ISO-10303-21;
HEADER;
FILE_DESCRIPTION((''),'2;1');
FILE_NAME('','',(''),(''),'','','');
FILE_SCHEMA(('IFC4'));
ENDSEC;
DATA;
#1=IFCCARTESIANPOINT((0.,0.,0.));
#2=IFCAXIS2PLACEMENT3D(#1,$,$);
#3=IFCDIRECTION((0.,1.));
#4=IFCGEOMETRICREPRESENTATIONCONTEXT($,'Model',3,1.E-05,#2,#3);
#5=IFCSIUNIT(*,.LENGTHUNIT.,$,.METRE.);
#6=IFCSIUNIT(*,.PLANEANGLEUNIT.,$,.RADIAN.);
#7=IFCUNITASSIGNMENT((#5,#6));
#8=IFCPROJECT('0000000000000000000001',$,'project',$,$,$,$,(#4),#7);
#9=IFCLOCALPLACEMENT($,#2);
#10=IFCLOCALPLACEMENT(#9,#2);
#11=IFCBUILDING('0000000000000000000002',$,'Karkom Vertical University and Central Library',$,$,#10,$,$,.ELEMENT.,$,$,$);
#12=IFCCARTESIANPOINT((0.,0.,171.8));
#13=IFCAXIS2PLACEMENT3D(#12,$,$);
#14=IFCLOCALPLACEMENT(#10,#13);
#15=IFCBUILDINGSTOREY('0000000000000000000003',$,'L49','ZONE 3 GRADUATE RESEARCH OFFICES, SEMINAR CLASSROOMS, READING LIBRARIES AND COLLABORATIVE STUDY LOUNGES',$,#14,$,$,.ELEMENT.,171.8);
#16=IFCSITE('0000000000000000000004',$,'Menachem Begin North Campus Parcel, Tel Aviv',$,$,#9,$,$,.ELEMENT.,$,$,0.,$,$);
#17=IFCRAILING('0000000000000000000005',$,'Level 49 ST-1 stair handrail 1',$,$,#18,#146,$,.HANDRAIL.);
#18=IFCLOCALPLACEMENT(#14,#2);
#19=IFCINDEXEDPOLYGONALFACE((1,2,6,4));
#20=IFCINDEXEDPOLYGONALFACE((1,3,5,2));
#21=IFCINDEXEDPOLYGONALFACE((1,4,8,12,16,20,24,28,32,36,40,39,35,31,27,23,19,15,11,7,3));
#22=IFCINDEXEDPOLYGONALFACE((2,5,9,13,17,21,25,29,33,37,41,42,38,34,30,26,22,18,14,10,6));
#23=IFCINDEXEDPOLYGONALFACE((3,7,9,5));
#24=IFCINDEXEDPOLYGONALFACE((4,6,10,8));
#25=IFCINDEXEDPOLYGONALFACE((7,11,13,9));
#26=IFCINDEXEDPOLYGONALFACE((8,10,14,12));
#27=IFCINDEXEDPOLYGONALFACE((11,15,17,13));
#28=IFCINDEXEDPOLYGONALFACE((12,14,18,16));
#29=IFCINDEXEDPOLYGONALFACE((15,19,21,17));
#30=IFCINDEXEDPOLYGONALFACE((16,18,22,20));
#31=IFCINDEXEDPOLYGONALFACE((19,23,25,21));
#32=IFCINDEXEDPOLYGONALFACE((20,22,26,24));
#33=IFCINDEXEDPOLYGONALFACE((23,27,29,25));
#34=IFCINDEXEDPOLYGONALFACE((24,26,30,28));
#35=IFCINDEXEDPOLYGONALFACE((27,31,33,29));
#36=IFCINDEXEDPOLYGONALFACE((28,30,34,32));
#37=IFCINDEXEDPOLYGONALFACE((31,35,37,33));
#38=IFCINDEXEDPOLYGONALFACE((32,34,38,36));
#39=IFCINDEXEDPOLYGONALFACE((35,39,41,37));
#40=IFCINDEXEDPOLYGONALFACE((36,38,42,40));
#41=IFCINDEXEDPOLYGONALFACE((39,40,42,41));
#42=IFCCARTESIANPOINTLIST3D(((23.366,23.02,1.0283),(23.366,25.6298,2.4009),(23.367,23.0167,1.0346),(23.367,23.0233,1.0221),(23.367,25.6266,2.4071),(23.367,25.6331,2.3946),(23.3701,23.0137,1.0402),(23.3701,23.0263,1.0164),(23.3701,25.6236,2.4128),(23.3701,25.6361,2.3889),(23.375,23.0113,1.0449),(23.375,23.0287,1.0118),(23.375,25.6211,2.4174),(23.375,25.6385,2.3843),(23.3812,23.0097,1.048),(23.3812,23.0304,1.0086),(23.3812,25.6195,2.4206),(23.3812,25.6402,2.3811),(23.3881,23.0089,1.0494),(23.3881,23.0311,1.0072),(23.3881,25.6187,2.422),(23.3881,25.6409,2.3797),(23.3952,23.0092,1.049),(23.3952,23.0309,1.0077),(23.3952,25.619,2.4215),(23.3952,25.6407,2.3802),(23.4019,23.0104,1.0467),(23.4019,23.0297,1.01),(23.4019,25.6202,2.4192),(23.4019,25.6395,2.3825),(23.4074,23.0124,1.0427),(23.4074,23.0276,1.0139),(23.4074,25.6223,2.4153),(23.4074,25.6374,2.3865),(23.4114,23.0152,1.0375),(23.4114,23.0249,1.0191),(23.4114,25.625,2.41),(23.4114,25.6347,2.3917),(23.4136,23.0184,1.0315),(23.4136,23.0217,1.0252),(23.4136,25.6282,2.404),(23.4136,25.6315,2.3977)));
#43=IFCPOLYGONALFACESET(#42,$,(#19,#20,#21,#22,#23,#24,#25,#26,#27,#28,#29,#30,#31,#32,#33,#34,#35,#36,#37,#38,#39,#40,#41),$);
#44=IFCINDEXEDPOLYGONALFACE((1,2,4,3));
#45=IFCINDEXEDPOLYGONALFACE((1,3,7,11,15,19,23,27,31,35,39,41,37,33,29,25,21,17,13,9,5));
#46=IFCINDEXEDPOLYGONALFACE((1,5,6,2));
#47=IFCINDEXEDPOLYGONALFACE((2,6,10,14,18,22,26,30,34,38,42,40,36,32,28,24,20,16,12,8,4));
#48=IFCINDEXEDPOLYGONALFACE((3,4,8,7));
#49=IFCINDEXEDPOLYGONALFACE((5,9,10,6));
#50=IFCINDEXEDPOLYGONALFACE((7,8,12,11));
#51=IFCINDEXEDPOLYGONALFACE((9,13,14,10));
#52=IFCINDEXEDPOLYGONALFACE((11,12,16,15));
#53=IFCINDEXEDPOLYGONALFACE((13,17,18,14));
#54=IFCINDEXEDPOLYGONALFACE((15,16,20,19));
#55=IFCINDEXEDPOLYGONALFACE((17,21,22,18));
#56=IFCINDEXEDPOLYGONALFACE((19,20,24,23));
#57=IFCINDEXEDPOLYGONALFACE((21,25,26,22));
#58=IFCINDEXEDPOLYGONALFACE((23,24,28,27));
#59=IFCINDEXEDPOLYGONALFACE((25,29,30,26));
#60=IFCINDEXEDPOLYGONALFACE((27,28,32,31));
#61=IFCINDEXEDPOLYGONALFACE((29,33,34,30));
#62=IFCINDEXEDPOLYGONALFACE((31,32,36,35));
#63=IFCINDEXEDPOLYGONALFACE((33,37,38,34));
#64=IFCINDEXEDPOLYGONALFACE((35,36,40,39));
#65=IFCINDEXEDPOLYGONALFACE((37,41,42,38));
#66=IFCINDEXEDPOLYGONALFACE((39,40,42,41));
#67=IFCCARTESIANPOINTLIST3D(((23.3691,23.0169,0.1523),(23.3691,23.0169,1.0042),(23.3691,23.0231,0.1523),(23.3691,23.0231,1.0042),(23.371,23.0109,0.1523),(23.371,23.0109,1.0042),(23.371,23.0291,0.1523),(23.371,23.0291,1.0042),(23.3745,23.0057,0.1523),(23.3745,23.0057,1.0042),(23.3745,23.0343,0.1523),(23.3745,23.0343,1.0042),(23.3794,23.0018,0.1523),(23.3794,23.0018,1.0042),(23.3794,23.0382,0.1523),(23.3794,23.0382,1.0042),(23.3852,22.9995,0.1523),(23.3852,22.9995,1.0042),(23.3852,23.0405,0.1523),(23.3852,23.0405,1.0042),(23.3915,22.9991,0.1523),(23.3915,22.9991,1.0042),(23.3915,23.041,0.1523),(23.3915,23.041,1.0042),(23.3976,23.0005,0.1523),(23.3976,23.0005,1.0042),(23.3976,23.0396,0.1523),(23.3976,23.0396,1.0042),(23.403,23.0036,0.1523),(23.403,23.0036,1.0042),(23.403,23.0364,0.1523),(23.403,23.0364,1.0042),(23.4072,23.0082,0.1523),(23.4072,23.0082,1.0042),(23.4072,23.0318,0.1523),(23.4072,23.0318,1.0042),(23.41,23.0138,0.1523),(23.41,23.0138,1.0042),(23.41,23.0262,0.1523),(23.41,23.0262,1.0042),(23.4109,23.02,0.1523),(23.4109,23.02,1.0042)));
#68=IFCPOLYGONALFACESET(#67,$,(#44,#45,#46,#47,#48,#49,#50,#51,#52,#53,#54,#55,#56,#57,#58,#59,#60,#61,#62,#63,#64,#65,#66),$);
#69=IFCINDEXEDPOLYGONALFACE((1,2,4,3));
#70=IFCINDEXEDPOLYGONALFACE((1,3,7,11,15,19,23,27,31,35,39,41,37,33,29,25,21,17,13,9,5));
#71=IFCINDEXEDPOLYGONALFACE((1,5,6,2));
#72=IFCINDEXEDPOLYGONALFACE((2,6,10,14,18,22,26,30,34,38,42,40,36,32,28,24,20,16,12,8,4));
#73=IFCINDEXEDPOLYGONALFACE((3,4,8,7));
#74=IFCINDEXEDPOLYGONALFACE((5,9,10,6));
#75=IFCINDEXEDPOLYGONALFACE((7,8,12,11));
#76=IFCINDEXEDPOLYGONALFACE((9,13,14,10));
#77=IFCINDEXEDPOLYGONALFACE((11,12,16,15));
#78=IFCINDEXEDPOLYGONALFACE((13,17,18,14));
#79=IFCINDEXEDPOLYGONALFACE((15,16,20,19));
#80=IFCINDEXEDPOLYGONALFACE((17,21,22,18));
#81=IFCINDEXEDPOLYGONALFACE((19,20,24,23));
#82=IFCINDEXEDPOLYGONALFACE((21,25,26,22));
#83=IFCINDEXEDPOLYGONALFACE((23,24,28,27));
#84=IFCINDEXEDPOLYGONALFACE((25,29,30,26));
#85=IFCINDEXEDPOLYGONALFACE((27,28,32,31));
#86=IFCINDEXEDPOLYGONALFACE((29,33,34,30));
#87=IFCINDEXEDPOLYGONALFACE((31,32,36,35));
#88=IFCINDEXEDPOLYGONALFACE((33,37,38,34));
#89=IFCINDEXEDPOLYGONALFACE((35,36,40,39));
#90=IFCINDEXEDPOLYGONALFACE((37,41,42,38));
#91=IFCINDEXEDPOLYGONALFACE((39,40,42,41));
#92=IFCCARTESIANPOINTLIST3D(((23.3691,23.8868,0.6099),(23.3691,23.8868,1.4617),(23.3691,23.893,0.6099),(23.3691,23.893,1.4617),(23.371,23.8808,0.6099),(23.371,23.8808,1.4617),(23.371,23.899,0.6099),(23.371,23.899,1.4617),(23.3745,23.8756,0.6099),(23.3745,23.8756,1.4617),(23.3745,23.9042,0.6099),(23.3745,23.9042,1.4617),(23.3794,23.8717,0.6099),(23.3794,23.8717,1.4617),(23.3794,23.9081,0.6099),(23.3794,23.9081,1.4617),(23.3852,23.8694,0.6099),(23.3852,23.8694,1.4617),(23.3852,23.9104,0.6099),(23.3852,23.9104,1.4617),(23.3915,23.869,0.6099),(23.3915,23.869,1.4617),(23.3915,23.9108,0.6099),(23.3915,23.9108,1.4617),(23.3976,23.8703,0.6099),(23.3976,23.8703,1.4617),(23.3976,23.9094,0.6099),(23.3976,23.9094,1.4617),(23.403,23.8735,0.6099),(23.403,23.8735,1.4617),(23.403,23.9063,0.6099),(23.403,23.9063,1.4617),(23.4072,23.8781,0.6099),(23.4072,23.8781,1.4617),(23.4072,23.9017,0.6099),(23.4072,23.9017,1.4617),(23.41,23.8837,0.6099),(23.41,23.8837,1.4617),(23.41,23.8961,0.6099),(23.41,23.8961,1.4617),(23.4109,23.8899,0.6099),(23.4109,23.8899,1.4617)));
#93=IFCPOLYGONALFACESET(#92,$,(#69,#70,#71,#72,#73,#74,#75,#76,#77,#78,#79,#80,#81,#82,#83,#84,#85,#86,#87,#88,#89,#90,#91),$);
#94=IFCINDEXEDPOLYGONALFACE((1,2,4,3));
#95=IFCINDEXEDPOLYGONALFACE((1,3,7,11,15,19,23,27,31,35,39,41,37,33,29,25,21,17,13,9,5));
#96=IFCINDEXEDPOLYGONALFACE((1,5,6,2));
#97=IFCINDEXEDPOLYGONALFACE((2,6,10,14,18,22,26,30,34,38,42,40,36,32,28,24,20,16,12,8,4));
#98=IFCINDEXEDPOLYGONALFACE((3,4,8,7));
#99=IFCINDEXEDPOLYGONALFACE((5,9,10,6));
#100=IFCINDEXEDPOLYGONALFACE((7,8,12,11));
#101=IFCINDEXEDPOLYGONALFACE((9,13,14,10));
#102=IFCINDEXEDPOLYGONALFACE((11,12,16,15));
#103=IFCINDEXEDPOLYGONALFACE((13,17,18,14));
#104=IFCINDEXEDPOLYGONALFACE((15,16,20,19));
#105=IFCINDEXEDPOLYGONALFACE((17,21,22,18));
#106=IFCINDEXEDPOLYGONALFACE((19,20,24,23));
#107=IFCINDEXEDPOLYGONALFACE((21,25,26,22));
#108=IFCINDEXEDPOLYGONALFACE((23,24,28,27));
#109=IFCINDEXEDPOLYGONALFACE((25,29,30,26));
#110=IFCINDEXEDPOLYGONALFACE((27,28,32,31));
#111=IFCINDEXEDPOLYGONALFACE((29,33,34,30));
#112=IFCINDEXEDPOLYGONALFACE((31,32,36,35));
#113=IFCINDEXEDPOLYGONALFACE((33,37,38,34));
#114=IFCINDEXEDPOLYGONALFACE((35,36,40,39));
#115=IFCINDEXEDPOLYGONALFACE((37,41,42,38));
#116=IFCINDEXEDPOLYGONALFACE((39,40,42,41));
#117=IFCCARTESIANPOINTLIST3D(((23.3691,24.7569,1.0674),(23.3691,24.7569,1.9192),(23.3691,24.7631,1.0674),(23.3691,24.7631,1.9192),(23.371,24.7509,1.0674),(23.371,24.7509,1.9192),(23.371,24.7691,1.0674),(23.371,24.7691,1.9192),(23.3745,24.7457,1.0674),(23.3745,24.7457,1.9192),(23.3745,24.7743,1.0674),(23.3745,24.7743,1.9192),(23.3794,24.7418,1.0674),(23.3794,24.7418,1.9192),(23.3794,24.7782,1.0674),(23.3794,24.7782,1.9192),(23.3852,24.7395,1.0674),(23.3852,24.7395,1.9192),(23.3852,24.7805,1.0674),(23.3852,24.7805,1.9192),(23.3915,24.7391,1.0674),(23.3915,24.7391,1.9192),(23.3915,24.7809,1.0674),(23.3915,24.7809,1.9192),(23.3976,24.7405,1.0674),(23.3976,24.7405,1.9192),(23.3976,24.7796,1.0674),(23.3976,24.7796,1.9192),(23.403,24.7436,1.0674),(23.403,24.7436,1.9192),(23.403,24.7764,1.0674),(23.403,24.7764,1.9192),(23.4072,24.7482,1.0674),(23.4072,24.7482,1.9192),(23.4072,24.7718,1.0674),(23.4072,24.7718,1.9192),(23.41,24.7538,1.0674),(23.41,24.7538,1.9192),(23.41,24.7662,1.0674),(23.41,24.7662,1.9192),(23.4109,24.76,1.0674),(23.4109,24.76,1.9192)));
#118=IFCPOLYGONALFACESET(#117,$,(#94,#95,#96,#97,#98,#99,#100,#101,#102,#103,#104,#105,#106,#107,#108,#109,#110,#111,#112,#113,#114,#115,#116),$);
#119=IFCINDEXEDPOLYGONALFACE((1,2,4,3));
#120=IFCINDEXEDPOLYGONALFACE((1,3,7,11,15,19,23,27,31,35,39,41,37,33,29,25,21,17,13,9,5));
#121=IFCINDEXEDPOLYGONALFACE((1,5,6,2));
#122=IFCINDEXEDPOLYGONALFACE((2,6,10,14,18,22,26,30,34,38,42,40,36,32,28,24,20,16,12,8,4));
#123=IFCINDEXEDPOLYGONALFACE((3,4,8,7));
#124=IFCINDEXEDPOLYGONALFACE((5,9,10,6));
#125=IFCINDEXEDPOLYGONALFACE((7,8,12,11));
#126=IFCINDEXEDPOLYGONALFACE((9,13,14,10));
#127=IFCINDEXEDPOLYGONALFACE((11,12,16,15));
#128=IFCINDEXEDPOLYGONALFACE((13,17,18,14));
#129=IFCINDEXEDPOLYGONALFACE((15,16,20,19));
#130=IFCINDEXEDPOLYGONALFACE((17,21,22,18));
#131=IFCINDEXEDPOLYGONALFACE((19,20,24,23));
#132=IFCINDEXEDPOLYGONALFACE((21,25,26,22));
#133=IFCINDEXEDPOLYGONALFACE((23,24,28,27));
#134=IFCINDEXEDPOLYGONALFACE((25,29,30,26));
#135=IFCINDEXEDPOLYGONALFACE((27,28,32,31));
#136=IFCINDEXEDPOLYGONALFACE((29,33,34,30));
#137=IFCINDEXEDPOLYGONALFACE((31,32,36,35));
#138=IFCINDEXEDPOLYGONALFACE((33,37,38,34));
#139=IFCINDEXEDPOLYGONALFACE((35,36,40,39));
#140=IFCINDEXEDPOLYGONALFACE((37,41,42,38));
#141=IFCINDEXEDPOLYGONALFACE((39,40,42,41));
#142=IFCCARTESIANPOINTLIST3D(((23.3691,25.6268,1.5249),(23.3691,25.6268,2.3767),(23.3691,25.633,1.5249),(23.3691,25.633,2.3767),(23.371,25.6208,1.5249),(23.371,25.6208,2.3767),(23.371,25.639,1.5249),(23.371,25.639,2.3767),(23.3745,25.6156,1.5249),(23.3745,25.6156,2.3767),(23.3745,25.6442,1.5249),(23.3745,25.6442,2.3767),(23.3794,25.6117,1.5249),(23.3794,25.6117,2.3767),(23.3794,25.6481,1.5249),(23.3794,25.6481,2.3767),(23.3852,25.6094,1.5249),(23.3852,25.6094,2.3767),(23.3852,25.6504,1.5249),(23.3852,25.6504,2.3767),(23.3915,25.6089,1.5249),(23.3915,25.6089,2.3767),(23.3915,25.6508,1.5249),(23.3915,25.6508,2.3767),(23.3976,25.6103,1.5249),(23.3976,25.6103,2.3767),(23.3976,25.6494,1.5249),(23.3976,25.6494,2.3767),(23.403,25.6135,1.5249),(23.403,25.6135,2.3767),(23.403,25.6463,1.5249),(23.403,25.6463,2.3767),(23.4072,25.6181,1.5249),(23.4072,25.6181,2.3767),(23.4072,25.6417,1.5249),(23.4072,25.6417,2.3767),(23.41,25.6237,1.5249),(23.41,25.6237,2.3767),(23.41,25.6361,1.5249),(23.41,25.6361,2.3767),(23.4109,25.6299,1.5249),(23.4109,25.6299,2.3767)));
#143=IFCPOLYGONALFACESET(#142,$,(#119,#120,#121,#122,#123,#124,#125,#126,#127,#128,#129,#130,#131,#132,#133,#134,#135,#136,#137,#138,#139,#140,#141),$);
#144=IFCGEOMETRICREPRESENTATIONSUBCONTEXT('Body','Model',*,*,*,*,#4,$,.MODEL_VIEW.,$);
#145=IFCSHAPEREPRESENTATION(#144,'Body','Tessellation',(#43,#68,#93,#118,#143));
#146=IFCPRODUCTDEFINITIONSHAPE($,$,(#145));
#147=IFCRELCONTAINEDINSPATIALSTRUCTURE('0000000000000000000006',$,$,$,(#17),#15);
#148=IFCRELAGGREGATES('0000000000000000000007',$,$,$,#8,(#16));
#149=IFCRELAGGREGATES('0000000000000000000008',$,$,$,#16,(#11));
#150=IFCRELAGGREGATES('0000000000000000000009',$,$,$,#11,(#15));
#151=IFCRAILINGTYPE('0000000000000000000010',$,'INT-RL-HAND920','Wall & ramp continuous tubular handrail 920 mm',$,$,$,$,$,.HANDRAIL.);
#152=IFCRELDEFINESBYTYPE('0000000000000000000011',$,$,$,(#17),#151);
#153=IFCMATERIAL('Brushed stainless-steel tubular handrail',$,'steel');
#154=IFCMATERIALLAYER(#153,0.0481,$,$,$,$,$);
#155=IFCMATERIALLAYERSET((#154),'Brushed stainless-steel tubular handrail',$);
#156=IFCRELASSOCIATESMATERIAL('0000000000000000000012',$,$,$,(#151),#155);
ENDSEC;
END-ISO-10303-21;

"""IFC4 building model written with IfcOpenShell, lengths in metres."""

from ifc_helpers import new_model, si_unit, direction, frame, origin, origin_2d, place, context, subcontext, project, spatial, circle, extrude, material, layer, layer_set, type_object, element, save


model = new_model("IFC4")

# Units and contexts
model_context = context("Model", 3, precision=1e-05, world=origin(), true_north=direction((0.0, 1.0)))
body_context = subcontext(model_context, "Body", "Model", "MODEL_VIEW")
ifc_project = project(units=[si_unit("LENGTHUNIT", "METRE"), si_unit("PLANEANGLEUNIT", "RADIAN")], contexts=[model_context])

# Site, building, storey
site_placement = place(None, origin())
site = spatial("IfcSite", under=ifc_project, at=site_placement, Name="Menachem Begin North Campus Parcel, Tel Aviv", CompositionType="ELEMENT", RefElevation=0.0)
building_placement = place(site_placement, origin())
building = spatial("IfcBuilding", under=site, at=building_placement, Name="Karkom Vertical University and Central Library", CompositionType="ELEMENT")
storey_placement = place(building_placement, frame((0.0, 0.0, 171.8)))
storey = spatial("IfcBuildingStorey", under=building, at=storey_placement, Name="L49", Description="ZONE 3 GRADUATE RESEARCH OFFICES, SEMINAR CLASSROOMS, READING LIBRARIES AND COLLABORATIVE STUDY LOUNGES", CompositionType="ELEMENT", Elevation=171.8)

# Railing
ifc_material_1 = material(Name="Brushed stainless-steel tubular handrail", Category="steel")
ifc_layer_1 = layer(ifc_material_1, 0.0481)
ifc_layer_set_1 = layer_set([ifc_layer_1], Name="Brushed stainless-steel tubular handrail")
railing_type_1 = type_object("IfcRailingType", Name="INT-RL-HAND920", Description="Wall & ramp continuous tubular handrail 920 mm", PredefinedType="HANDRAIL", material=ifc_layer_set_1)
railing_1_placement = place(storey_placement, frame((23.3899, 23.02, 0.1523)))
element("IfcRailing", 1, at=railing_1_placement, inside=storey, type_object=railing_type_1, Name="Level 49 ST-1 stair handrail 1", PredefinedType="HANDRAIL", context=body_context, shape_type="SweptSolid", body=[
    extrude(circle(Radius=0.0239, at=origin_2d()), frame((0.0, 0.0, 0.876), z_axis=(0.0, 0.885065, 0.465467), x_axis=(-1.0, 0.0, 0.0)), (0.0, 0.0, 1.0), 2.9487),
    extrude(circle(Radius=0.021, at=origin_2d()), origin(), (0.0, 0.0, 1.0), 0.8518),
    extrude(circle(Radius=0.021, at=origin_2d()), frame((0.0, 0.8699, 0.4575)), (0.0, 0.0, 1.0), 0.8518),
    extrude(circle(Radius=0.021, at=origin_2d()), frame((0.0, 1.74, 0.915)), (0.0, 0.0, 1.0), 0.8518),
    extrude(circle(Radius=0.021, at=origin_2d()), frame((0.0, 2.6099, 1.3726)), (0.0, 0.0, 1.0), 0.8518),
])

save(model, "model.ifc")
